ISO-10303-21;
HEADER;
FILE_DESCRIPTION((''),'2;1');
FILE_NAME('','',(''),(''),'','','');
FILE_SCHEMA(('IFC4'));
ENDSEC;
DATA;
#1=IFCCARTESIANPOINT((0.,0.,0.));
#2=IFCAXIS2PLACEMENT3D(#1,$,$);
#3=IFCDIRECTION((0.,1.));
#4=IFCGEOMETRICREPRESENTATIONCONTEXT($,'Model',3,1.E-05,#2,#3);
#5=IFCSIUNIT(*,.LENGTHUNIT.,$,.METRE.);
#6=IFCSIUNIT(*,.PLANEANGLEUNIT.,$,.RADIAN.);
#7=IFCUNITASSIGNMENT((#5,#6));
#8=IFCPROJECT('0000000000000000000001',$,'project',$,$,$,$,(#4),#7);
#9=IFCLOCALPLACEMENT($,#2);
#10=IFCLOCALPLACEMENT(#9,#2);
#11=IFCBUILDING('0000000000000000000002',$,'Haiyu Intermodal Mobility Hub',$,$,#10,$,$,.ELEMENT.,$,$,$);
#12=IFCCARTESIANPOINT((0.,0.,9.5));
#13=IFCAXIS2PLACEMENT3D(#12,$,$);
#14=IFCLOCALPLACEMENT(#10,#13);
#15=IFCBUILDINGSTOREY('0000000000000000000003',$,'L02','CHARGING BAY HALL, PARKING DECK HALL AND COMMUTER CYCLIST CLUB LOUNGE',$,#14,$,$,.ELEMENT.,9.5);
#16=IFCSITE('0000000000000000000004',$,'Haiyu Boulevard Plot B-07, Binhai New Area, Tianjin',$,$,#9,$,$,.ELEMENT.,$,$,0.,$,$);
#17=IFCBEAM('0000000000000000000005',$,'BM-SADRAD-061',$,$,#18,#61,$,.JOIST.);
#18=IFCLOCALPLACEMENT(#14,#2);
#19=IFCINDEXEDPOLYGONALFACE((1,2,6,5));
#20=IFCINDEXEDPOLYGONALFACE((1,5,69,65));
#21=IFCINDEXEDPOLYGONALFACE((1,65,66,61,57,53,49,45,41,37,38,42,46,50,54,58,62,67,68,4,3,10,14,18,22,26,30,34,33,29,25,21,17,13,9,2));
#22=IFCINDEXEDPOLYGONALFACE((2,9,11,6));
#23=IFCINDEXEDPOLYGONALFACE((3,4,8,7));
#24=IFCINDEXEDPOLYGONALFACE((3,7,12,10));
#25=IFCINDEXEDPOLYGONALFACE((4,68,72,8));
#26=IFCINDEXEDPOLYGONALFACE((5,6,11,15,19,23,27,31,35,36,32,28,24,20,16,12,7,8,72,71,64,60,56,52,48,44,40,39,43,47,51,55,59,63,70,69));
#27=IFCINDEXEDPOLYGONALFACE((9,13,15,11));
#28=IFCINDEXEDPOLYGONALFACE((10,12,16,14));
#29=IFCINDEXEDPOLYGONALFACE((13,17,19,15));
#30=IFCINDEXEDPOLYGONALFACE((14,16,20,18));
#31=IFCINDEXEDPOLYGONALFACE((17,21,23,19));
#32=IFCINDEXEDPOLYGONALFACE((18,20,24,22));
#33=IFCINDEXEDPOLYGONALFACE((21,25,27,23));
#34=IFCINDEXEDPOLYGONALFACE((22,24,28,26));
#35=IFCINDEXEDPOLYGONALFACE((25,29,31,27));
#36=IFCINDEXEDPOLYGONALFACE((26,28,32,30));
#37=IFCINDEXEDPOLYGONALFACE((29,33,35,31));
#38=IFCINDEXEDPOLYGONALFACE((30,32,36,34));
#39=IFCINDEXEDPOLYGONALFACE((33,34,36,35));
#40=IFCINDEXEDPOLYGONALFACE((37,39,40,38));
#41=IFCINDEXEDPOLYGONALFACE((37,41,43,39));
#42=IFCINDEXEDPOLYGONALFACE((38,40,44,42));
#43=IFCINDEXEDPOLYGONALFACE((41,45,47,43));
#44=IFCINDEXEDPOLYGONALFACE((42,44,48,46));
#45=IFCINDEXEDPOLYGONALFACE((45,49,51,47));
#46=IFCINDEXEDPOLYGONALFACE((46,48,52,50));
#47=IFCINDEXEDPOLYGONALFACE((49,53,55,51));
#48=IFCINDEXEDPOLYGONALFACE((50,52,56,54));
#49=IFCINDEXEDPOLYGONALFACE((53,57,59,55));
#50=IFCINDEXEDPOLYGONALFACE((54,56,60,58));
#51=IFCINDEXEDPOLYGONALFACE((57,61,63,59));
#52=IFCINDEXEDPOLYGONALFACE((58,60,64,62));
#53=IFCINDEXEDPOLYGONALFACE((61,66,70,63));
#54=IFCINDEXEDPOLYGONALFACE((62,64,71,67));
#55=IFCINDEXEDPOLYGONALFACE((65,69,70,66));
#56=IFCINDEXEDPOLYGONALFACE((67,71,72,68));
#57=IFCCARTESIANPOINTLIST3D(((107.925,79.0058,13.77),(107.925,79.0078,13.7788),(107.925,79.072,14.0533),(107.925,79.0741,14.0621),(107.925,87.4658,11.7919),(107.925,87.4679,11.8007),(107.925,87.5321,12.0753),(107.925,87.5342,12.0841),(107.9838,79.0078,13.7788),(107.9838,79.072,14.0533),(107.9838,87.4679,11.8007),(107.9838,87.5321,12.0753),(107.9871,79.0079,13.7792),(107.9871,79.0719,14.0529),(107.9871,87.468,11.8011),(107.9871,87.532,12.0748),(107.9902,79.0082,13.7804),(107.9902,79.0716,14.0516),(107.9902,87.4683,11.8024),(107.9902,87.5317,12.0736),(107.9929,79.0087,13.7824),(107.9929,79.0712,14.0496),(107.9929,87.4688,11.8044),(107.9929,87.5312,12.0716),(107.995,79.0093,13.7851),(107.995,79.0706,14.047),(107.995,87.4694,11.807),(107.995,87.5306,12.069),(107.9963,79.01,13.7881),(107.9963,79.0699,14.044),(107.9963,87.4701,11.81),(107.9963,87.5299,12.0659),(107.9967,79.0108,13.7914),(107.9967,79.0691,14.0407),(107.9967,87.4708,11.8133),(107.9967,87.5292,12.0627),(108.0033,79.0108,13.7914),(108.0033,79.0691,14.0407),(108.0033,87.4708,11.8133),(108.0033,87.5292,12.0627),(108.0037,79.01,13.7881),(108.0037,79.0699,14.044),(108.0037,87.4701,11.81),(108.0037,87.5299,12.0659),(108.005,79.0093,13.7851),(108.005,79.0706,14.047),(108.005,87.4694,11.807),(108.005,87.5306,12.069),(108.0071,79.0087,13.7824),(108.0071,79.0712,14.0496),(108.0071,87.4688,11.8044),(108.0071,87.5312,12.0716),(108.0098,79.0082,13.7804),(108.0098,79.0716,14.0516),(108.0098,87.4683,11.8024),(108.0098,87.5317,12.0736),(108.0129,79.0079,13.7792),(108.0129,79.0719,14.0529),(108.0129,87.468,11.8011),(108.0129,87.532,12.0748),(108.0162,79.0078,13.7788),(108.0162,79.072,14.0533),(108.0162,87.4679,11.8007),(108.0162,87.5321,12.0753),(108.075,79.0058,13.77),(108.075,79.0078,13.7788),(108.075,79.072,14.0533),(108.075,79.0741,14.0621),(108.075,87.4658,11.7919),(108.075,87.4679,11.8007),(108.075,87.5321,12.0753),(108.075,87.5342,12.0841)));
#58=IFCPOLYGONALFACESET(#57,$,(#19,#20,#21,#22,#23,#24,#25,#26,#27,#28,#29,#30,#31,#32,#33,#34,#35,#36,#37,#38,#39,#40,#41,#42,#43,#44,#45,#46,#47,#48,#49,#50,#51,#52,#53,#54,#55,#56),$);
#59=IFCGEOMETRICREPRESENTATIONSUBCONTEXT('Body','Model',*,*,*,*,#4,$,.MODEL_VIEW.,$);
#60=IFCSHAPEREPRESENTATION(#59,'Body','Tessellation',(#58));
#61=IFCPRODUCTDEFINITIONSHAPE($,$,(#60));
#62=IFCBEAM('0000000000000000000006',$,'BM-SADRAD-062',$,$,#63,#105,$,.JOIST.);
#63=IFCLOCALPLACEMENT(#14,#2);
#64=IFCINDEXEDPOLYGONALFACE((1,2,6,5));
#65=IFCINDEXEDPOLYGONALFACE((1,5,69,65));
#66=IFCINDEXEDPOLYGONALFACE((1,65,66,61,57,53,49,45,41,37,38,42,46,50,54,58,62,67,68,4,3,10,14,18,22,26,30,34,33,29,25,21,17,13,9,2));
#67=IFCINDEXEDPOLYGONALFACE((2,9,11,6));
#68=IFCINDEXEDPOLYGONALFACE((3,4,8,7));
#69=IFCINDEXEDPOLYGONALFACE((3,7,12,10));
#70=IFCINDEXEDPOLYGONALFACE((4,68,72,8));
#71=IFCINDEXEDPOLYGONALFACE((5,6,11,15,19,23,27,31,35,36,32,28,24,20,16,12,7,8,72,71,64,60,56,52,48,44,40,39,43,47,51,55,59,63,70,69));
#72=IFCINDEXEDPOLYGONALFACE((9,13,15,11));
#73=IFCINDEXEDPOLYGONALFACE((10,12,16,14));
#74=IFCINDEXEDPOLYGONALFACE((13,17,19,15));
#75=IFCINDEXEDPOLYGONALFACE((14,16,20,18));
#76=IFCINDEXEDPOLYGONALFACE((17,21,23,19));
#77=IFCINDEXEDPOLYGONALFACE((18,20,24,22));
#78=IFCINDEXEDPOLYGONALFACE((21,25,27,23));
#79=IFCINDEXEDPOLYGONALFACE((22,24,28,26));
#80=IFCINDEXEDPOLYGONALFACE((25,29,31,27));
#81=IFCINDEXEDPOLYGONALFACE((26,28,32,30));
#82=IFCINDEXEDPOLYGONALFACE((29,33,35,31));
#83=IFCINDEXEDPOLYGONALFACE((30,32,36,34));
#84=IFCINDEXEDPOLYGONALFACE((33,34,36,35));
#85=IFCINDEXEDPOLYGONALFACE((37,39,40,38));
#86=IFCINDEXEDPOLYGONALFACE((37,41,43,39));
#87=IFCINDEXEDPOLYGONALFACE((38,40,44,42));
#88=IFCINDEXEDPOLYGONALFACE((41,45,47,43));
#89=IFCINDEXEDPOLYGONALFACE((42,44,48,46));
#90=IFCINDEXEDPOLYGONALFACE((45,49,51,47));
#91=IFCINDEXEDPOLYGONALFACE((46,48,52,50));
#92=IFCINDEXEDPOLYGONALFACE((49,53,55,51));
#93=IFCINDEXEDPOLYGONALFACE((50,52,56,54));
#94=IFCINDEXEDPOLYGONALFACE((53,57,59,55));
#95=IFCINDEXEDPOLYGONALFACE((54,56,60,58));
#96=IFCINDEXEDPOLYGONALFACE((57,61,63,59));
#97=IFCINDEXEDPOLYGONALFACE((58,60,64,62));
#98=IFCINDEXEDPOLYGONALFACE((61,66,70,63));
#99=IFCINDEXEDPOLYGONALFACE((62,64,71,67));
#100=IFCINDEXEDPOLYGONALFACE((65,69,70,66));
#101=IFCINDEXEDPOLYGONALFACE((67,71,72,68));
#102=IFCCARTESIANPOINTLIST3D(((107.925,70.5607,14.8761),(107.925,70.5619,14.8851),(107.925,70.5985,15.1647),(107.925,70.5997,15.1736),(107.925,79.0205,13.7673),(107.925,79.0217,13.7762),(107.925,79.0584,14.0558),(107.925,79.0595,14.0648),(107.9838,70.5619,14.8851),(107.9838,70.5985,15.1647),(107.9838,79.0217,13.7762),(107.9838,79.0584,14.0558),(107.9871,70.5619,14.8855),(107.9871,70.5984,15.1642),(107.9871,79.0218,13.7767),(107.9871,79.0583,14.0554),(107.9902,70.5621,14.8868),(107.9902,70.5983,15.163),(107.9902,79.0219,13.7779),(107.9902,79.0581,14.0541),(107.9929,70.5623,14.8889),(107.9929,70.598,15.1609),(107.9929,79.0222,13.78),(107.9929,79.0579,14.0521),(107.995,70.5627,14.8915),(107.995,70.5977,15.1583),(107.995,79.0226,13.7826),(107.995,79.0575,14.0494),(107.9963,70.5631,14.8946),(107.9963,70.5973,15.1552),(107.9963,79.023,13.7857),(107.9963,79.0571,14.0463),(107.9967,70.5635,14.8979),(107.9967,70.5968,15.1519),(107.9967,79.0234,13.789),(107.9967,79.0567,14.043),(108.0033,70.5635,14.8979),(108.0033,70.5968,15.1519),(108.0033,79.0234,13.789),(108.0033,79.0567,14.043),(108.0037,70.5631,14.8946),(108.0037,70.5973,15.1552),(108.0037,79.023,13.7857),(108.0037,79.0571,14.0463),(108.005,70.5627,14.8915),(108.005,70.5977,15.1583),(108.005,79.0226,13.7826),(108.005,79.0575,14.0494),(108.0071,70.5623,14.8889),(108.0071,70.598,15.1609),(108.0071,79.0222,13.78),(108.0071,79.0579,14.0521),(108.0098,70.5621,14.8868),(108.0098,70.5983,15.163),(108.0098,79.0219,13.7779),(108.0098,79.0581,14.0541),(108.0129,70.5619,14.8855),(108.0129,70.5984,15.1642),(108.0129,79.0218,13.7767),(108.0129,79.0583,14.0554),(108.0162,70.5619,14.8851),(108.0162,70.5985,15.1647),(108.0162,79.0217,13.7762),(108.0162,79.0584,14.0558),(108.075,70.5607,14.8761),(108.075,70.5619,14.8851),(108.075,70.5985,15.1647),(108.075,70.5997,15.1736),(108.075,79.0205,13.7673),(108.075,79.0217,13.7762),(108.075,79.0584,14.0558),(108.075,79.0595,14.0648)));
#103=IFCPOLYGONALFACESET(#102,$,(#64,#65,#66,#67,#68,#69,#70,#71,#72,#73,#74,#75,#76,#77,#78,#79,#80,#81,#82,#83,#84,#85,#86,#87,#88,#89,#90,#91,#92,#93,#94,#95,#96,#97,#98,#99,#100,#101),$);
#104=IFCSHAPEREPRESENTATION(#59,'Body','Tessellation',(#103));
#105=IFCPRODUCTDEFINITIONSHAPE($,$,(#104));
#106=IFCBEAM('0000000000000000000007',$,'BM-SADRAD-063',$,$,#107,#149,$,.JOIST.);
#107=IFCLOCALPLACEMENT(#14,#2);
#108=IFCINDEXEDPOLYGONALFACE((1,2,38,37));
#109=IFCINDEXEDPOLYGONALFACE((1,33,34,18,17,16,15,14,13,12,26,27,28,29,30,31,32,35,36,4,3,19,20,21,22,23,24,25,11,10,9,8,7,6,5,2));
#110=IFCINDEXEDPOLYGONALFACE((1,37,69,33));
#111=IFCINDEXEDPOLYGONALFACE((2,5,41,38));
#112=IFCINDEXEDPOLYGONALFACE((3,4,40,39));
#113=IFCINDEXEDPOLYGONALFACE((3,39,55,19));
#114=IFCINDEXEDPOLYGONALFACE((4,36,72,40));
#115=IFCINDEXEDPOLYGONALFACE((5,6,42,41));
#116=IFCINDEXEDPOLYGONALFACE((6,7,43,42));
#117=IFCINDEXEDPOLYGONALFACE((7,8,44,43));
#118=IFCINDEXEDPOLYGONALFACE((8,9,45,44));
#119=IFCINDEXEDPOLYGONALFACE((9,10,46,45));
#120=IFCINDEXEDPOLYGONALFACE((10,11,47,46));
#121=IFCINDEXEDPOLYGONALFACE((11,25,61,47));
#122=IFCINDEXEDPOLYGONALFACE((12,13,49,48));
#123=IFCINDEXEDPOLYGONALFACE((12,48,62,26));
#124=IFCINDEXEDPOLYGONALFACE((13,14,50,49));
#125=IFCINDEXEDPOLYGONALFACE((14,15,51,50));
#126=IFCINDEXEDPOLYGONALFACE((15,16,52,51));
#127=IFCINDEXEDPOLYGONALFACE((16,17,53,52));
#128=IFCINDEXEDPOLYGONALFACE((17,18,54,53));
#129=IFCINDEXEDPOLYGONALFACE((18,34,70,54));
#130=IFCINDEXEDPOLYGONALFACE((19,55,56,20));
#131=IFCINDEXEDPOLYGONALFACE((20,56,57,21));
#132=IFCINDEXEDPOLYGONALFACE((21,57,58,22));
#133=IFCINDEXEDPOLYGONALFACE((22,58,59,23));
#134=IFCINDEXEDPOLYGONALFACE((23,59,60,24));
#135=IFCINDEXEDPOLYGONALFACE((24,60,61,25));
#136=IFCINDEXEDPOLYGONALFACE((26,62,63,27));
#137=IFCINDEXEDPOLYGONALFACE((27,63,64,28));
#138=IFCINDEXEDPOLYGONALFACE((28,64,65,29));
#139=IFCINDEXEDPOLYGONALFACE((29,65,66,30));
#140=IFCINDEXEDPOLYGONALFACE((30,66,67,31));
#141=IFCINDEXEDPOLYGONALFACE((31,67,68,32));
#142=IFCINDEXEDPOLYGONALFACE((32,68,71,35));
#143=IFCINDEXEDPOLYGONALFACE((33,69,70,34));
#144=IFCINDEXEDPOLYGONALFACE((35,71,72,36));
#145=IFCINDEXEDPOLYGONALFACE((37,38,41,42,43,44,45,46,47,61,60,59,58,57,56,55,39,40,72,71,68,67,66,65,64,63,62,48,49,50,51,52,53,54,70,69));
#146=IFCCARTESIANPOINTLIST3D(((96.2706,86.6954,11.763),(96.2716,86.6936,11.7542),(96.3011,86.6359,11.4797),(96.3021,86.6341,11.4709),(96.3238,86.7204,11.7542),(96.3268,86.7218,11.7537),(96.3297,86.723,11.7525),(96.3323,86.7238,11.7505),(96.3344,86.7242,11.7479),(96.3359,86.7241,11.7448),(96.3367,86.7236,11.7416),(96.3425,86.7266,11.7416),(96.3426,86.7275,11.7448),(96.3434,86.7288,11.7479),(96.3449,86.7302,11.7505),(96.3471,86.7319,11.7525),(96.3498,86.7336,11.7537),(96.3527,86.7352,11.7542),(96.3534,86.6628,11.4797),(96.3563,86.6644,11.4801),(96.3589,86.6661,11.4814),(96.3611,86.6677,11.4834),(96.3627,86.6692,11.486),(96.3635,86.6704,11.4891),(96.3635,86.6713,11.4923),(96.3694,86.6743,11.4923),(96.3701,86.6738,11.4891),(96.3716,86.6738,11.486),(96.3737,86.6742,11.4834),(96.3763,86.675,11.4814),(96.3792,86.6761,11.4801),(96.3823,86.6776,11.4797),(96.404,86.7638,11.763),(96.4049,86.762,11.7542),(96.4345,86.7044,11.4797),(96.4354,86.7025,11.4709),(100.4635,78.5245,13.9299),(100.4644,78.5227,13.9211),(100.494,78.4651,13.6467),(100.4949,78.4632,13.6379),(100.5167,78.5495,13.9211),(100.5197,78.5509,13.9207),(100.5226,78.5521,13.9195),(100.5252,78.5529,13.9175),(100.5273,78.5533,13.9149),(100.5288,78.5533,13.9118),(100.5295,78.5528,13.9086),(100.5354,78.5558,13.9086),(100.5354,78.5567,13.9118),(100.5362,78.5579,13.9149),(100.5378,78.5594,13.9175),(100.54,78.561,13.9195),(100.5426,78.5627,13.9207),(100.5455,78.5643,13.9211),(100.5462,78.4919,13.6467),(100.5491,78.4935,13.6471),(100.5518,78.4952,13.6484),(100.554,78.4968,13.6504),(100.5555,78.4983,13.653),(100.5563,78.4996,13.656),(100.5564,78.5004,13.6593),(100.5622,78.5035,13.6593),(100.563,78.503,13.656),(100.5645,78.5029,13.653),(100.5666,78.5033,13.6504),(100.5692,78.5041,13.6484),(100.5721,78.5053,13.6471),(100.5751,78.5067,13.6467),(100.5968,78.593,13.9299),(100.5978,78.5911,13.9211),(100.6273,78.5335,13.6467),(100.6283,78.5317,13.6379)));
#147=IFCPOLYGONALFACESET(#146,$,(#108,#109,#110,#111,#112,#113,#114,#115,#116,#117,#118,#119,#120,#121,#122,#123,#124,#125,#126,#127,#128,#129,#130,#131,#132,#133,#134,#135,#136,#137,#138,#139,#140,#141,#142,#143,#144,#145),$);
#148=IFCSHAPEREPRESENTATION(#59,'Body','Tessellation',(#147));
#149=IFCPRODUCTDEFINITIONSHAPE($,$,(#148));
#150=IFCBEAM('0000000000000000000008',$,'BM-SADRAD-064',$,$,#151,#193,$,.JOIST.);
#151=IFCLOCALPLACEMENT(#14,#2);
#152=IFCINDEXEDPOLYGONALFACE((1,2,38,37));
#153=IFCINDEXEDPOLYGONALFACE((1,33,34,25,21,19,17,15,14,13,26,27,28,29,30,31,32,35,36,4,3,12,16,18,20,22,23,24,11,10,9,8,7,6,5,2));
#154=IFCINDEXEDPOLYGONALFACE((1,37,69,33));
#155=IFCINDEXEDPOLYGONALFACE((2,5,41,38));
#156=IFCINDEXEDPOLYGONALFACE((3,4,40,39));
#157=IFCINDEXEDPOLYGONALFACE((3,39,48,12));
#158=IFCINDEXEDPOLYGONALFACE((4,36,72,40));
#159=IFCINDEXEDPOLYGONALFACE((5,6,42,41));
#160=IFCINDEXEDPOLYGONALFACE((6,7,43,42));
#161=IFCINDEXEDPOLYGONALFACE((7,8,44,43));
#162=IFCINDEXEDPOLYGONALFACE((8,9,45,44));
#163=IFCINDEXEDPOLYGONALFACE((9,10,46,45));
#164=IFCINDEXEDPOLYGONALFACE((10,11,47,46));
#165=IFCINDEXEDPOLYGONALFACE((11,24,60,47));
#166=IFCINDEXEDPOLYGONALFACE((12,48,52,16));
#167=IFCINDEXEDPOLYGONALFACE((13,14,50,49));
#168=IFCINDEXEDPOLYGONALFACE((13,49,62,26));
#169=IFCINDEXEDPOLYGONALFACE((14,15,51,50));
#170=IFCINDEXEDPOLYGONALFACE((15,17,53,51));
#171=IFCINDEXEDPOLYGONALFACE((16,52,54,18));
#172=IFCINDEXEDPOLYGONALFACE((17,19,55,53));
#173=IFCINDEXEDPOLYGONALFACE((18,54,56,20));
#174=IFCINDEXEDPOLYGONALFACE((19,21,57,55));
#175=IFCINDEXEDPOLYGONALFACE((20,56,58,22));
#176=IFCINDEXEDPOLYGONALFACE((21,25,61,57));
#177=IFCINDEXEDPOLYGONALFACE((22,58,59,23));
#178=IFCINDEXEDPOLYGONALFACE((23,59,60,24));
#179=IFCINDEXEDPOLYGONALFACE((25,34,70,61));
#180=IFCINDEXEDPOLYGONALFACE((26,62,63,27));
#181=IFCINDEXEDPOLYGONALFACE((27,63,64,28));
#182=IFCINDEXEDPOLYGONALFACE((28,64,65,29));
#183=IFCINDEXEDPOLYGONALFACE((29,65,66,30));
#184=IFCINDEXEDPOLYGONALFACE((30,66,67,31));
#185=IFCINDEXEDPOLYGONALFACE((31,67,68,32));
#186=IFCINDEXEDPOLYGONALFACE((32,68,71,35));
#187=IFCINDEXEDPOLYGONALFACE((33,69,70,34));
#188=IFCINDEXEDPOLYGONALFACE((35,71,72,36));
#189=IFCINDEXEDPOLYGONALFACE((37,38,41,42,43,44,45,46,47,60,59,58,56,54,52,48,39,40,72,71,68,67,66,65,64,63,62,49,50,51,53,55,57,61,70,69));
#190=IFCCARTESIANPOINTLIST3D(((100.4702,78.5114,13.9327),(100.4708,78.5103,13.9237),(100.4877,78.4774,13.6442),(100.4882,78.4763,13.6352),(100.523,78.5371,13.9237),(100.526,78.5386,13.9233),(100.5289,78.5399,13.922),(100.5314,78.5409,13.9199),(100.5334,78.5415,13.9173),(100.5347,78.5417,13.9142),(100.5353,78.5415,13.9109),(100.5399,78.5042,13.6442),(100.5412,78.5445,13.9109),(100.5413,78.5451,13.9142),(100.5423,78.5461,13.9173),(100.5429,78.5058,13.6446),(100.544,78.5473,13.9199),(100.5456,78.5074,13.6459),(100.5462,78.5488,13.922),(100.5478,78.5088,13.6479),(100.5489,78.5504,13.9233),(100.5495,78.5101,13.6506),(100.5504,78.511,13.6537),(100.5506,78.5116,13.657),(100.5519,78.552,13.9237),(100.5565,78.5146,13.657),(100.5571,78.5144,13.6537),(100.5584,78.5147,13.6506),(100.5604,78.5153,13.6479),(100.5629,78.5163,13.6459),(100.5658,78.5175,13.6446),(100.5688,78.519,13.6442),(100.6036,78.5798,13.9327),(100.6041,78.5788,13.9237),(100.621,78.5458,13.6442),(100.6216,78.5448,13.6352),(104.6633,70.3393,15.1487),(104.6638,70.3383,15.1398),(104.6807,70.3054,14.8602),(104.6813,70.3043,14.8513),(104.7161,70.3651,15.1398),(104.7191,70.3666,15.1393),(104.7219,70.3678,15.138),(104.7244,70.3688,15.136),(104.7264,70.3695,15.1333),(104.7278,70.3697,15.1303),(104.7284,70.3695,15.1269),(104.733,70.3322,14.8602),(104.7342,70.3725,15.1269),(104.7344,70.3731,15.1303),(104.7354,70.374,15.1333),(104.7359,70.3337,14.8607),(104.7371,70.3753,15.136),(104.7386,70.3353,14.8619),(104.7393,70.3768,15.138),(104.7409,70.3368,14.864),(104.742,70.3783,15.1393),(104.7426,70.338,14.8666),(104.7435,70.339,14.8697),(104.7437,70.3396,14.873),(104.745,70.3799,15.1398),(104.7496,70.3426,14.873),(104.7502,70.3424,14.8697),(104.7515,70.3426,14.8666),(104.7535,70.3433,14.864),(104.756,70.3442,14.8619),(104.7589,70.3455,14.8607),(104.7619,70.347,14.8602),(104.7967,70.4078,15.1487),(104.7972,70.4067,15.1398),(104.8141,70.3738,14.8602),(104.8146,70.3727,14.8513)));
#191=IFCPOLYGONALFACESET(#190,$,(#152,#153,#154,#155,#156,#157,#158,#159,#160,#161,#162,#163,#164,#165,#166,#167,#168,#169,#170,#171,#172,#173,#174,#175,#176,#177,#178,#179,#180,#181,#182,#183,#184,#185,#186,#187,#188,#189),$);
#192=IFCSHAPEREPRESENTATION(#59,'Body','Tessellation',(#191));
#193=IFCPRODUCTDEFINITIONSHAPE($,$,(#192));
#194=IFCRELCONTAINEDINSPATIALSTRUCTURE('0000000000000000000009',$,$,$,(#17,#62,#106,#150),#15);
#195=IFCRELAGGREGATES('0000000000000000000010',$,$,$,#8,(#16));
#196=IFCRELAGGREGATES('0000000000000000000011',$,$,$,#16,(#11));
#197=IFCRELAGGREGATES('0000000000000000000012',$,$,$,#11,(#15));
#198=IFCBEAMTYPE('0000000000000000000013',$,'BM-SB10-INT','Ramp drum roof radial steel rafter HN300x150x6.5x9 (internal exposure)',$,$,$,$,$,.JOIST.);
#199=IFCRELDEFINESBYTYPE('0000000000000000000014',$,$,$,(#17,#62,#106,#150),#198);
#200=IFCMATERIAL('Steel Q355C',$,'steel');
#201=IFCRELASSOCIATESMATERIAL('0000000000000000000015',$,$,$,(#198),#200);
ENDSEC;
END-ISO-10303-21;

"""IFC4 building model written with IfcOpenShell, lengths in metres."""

from ifc_helpers import new_model, si_unit, direction, frame, origin, origin_2d, place, context, subcontext, project, spatial, i_section, extrude, material, material_profile, profile_set, type_object, element, save


model = new_model("IFC4")

# Units and contexts
model_context = context("Model", 3, precision=1e-05, world=origin(), true_north=direction((0.0, 1.0)))
body_context = subcontext(model_context, "Body", "Model", "MODEL_VIEW")
ifc_project = project(units=[si_unit("LENGTHUNIT", "METRE"), si_unit("PLANEANGLEUNIT", "RADIAN")], contexts=[model_context])

# Site, building, storey
site_placement = place(None, origin())
site = spatial("IfcSite", under=ifc_project, at=site_placement, Name="Haiyu Boulevard Plot B-07, Binhai New Area, Tianjin", CompositionType="ELEMENT", RefElevation=0.0)
building_placement = place(site_placement, origin())
building = spatial("IfcBuilding", under=site, at=building_placement, Name="Haiyu Intermodal Mobility Hub", CompositionType="ELEMENT")
storey_placement = place(building_placement, frame((0.0, 0.0, 9.5)))
storey = spatial("IfcBuildingStorey", under=building, at=storey_placement, Name="L02", Description="CHARGING BAY HALL, PARKING DECK HALL AND COMMUTER CYCLIST CLUB LOUNGE", CompositionType="ELEMENT", Elevation=9.5)

# Beams
ifc_material = material(Name="Steel Q355C", Category="steel")
ifc_material_profile_1 = material_profile(ifc_material, i_section(OverallWidth=0.1499, OverallDepth=0.3, WebThickness=0.0066, FlangeThickness=0.009, FilletRadius=0.0129, at=origin_2d()), Name="HN300x150x6.5x9")
ifc_profile_set_1 = profile_set([ifc_material_profile_1], Name="Steel Q355C")
beam_type_1 = type_object("IfcBeamType", Name="BM-SB10-INT", Description="Ramp drum roof radial steel rafter HN300x150x6.5x9 (internal exposure)", PredefinedType="JOIST", material=ifc_profile_set_1)
beam_1_placement = place(storey_placement, frame((108.0, 87.5, 11.938), z_axis=(0.0, -0.973738, 0.22767), x_axis=(1.0, 0.0, 0.0)))
element("IfcBeam", 1, at=beam_1_placement, inside=storey, type_object=beam_type_1, Name="BM-SADRAD-061", PredefinedType="JOIST", context=body_context, shape_type="SweptSolid", body=[
    extrude(i_section(OverallWidth=0.1499, OverallDepth=0.3, WebThickness=0.0066, FlangeThickness=0.009, FilletRadius=0.0129, at=origin_2d()), origin(), (0.0, 0.0, 1.0), 8.6882),
])
beam_2_placement = place(storey_placement, frame((108.0, 79.04, 13.916), z_axis=(0.0, -0.991519, 0.129963), x_axis=(1.0, 0.0, 0.0)))
element("IfcBeam", 2, at=beam_2_placement, inside=storey, type_object=beam_type_1, Name="BM-SADRAD-062", PredefinedType="JOIST", context=body_context, shape_type="SweptSolid", body=[
    extrude(i_section(OverallWidth=0.1499, OverallDepth=0.3, WebThickness=0.0066, FlangeThickness=0.009, FilletRadius=0.0129, at=origin_2d()), origin(), (0.0, 0.0, 1.0), 8.5322),
])
beam_3_placement = place(storey_placement, frame((96.353, 86.699, 11.6169), z_axis=(0.444345, -0.865921, 0.22965), x_axis=(0.8897, 0.456547, 0.0)))
element("IfcBeam", 3, at=beam_3_placement, inside=storey, type_object=beam_type_1, Name="BM-SADRAD-063", PredefinedType="JOIST", context=body_context, shape_type="SweptSolid", body=[
    extrude(i_section(OverallWidth=0.1499, OverallDepth=0.3, WebThickness=0.0066, FlangeThickness=0.009, FilletRadius=0.0129, at=origin_2d()), origin(), (0.0, 0.0, 1.0), 9.436),
])
beam_4_placement = place(storey_placement, frame((100.5459, 78.5281, 13.7839), z_axis=(0.452564, -0.88202, 0.13125), x_axis=(0.889716, 0.456514, 0.0)))
element("IfcBeam", 4, at=beam_4_placement, inside=storey, type_object=beam_type_1, Name="BM-SADRAD-064", PredefinedType="JOIST", context=body_context, shape_type="SweptSolid", body=[
    extrude(i_section(OverallWidth=0.1499, OverallDepth=0.3, WebThickness=0.0066, FlangeThickness=0.009, FilletRadius=0.0129, at=origin_2d()), origin(), (0.0, 0.0, 1.0), 9.2651),
])

save(model, "model.ifc")
